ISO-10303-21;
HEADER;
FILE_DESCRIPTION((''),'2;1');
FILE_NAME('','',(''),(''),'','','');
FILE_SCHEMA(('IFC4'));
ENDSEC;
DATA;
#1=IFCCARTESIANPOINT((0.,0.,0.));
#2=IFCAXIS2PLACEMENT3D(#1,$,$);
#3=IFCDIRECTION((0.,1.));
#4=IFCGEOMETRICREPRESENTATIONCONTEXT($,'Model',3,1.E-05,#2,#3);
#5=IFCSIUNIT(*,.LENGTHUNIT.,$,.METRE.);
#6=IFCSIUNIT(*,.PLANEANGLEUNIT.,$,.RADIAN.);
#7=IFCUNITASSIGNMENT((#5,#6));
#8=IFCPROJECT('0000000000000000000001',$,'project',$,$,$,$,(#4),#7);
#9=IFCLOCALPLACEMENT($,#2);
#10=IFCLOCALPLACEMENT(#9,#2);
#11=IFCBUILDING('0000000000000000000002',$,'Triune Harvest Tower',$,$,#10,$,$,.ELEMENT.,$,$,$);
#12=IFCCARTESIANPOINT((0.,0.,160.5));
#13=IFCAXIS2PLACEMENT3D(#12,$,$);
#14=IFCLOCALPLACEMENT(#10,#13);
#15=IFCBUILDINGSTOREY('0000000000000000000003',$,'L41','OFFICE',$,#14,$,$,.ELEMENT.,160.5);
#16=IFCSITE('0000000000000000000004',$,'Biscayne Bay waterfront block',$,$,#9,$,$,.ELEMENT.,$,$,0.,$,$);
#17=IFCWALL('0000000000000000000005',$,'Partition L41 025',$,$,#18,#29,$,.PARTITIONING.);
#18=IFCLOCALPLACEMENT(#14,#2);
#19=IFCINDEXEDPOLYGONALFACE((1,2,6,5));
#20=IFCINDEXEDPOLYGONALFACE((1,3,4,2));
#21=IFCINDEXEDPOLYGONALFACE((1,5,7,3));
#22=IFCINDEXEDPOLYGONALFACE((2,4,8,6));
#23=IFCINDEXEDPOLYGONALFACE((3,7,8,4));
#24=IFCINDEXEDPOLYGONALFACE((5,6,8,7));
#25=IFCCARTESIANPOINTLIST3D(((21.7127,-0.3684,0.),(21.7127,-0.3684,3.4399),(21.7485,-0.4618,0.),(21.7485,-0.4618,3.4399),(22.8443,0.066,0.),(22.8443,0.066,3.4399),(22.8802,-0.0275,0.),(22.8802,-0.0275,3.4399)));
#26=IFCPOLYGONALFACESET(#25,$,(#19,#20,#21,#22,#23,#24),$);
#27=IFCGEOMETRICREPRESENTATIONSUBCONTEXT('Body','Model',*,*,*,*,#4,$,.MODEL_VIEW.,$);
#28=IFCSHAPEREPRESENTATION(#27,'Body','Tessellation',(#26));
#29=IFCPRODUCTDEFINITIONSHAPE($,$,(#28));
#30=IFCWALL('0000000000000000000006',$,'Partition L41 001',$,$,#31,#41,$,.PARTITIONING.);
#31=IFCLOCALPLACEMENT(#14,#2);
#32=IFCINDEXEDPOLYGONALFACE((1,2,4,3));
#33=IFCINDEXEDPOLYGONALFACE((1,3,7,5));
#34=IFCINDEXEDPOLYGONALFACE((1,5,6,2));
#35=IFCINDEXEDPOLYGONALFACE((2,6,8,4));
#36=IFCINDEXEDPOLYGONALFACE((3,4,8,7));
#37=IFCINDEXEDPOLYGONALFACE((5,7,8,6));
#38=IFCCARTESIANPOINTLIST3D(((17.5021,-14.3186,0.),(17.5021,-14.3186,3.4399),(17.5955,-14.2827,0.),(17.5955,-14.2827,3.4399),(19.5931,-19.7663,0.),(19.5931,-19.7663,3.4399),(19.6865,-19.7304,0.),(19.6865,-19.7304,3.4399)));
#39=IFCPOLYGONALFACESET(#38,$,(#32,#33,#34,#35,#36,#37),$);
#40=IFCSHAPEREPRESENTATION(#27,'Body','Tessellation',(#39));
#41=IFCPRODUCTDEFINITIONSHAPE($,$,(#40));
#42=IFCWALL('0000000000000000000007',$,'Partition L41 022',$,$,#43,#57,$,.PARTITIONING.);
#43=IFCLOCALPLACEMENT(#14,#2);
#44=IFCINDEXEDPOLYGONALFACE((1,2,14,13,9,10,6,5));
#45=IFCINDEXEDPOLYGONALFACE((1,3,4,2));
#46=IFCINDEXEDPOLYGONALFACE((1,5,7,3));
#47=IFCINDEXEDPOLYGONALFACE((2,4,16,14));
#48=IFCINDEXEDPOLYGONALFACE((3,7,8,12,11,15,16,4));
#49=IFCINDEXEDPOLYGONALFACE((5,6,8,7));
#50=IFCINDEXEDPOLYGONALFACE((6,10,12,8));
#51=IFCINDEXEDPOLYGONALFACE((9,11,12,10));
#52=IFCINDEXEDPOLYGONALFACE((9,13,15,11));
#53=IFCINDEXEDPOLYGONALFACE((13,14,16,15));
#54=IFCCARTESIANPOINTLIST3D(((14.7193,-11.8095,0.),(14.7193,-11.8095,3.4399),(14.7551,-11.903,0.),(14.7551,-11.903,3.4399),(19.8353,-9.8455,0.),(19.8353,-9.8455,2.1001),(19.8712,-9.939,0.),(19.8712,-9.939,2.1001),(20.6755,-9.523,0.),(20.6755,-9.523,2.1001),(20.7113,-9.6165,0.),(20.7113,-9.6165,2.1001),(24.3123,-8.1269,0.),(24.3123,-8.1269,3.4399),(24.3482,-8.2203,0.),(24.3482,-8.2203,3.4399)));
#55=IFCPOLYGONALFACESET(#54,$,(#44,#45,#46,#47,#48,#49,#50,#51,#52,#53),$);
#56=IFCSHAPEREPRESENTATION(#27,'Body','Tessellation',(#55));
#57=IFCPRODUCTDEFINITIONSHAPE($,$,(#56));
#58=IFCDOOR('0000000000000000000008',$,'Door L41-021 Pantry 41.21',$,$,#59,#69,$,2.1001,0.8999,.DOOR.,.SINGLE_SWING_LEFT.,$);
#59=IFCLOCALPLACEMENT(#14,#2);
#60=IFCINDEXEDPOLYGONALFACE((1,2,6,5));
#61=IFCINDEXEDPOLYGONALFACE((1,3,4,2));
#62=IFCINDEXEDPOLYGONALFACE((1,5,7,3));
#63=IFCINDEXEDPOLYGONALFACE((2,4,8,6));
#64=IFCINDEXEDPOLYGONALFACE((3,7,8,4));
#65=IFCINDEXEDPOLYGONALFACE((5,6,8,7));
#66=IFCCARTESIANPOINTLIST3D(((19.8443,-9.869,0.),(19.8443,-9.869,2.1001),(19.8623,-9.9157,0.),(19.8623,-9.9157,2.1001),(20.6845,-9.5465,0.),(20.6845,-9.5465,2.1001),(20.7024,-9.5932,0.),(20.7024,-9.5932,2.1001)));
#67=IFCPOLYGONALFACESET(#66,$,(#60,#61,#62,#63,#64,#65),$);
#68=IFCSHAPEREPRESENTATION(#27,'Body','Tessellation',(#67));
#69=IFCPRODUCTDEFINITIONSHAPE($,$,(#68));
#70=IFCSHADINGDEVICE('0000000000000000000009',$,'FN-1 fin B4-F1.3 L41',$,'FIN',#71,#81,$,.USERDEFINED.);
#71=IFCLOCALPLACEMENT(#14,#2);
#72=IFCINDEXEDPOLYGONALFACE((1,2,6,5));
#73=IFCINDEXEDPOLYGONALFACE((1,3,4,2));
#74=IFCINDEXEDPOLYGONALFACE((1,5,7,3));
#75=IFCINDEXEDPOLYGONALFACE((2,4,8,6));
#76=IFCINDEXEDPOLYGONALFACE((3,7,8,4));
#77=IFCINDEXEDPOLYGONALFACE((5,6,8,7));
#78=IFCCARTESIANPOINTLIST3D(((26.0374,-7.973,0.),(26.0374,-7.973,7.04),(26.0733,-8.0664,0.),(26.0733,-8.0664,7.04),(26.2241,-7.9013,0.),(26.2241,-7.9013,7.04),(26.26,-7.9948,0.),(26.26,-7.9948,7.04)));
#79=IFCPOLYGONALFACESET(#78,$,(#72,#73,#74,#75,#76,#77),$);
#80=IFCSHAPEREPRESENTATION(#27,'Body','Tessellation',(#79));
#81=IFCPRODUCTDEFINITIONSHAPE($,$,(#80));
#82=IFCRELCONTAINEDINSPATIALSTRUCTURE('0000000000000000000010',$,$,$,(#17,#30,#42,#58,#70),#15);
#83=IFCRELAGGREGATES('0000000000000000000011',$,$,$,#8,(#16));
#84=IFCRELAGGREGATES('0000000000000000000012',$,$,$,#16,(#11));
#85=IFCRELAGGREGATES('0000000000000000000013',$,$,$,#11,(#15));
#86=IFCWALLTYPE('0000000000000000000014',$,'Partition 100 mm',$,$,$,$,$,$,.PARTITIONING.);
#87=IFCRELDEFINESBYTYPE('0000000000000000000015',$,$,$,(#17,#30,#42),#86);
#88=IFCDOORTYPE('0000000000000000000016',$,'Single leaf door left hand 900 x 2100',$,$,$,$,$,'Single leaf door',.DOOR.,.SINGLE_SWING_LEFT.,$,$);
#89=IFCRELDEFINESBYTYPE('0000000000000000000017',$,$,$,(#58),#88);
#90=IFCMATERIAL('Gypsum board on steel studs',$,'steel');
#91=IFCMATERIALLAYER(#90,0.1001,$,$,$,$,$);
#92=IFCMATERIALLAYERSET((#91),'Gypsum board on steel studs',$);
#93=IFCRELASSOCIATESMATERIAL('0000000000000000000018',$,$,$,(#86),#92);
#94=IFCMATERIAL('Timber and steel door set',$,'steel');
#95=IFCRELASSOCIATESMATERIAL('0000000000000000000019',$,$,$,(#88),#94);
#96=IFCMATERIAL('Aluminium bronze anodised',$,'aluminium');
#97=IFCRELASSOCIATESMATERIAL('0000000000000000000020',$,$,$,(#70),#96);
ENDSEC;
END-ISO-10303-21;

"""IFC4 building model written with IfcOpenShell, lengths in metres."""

from ifc_helpers import new_model, si_unit, direction, frame, frame_2d, origin, origin_2d, place, context, subcontext, project, spatial, rectangle, extrude, source, transform, mapped, material, layer, layer_set, type_object, element, fill, save


model = new_model("IFC4")

# Units and contexts
model_context = context("Model", 3, precision=1e-05, world=origin(), true_north=direction((0.0, 1.0)))
body_context = subcontext(model_context, "Body", "Model", "MODEL_VIEW")
ifc_project = project(units=[si_unit("LENGTHUNIT", "METRE"), si_unit("PLANEANGLEUNIT", "RADIAN")], contexts=[model_context])

# Site, building, storey
site_placement = place(None, origin())
site = spatial("IfcSite", under=ifc_project, at=site_placement, Name="Biscayne Bay waterfront block", CompositionType="ELEMENT", RefElevation=0.0)
building_placement = place(site_placement, origin())
building = spatial("IfcBuilding", under=site, at=building_placement, Name="Triune Harvest Tower", CompositionType="ELEMENT")
storey_placement = place(building_placement, frame((0.0, 0.0, 160.5)))
storey = spatial("IfcBuildingStorey", under=building, at=storey_placement, Name="L41", Description="OFFICE", CompositionType="ELEMENT", Elevation=160.5)

# Walls
ifc_material_1 = material(Name="Gypsum board on steel studs", Category="steel")
ifc_layer_1 = layer(ifc_material_1, 0.1001)
ifc_layer_set_1 = layer_set([ifc_layer_1], Name="Gypsum board on steel studs")
wall_type = type_object("IfcWallType", Name="Partition 100 mm", PredefinedType="PARTITIONING", material=ifc_layer_set_1)
shared_shape_1 = source(origin(), body_context, "Body", "SweptSolid", [
    extrude(rectangle(XDim=1.2122, YDim=0.1001, at=frame_2d((0.606, 0.0))), origin(), (0.0, 0.0, 1.0), 3.4399),
])
for number, where, z_axis, x_axis, name in (
    (1, (21.7307, -0.415, 0.0), (0.0, 0.0, 1.0), (0.933595, 0.358331, 0.0), "Partition L41 025"),
):
    element("IfcWall", number, at=place(storey_placement, frame(where, z_axis=z_axis, x_axis=x_axis)), inside=storey, type_object=wall_type, Name=name, PredefinedType="PARTITIONING", context=body_context, shape_type="MappedRepresentation", body=[
        mapped(shared_shape_1, transform((0.0, 0.0, 0.0), scale=1.0)),
    ])
shared_shape_2 = source(origin(), body_context, "Body", "SweptSolid", [
    extrude(rectangle(XDim=5.8352, YDim=0.1001, at=frame_2d((2.9175, 0.0))), origin(), (0.0, 0.0, 1.0), 3.4399),
])
wall_1_placement = place(storey_placement, frame((17.5488, -14.3008, 0.0), z_axis=(0.0, 0.0, 1.0), x_axis=(0.358348, -0.933588, 0.0)))
element("IfcWall", 2, at=wall_1_placement, inside=storey, type_object=wall_type, Name="Partition L41 001", PredefinedType="PARTITIONING", context=body_context, shape_type="MappedRepresentation", body=[
    mapped(shared_shape_2, transform((0.0, 0.0, 0.0), scale=1.0)),
])

# Wall, opening, door
shared_shape_3 = source(origin(), body_context, "Body", "SweptSolid", [
    extrude(rectangle(XDim=10.2756, YDim=0.1001, at=frame_2d((5.1377, 0.0))), origin(), (0.0, 0.0, 1.0), 3.4399),
])
wall_2_placement = place(storey_placement, frame((14.7373, -11.8562, 0.0), z_axis=(0.0, 0.0, 1.0), x_axis=(0.933574, 0.358385, 0.0)))
wall_2 = element("IfcWall", 3, at=wall_2_placement, inside=storey, type_object=wall_type, Name="Partition L41 022", PredefinedType="PARTITIONING", context=body_context, shape_type="MappedRepresentation", body=[
    mapped(shared_shape_3, transform((0.0, 0.0, 0.0), scale=1.0)),
])
opening_placement = place(wall_2_placement, frame((5.48, 0.0, 0.0)))
opening = element("IfcOpeningElement", 4, at=opening_placement, cuts=wall_2, PredefinedType="OPENING", context=body_context, shape_type="SweptSolid", body=[
    extrude(rectangle(XDim=0.8999, YDim=2.1001, at=frame_2d((0.45, 1.05))), frame((0.0, 0.0601, 0.0), z_axis=(0.0, -1.0, 0.0), x_axis=(1.0, 0.0, 0.0)), (0.0, 0.0, 1.0), 0.1201),
])
ifc_material_2 = material(Name="Timber and steel door set", Category="steel")
door_type = type_object("IfcDoorType", Name="Single leaf door left hand 900 x 2100", ElementType="Single leaf door", OperationType="SINGLE_SWING_LEFT", PredefinedType="DOOR", material=ifc_material_2)
door_placement = place(opening_placement, origin())
door = element("IfcDoor", 5, at=door_placement, inside=storey, type_object=door_type, Name="Door L41-021 Pantry 41.21", OperationType="SINGLE_SWING_LEFT", OverallHeight=2.1001, OverallWidth=0.8999, PredefinedType="DOOR", context=body_context, shape_type="SweptSolid", body=[
    extrude(rectangle(XDim=0.8999, YDim=2.1001, at=frame_2d((0.45, 1.05))), frame((0.0, 0.0249, 0.0), z_axis=(0.0, -1.0, 0.0), x_axis=(1.0, 0.0, 0.0)), (0.0, 0.0, 1.0), 0.05),
])
fill(opening, door)

# Shading device
ifc_material_3 = material(Name="Aluminium bronze anodised", Category="aluminium")
shared_shape_4 = source(origin(), body_context, "Body", "SweptSolid", [
    extrude(rectangle(XDim=0.1001, YDim=0.2, at=origin_2d()), origin(), (0.0, 0.0, 1.0), 7.04),
])
shading_device_placement = place(storey_placement, frame((26.1487, -7.9839, 0.0), z_axis=(0.0, 0.0, 1.0), x_axis=(-0.358369, 0.93358, 0.0)))
element("IfcShadingDevice", 6, at=shading_device_placement, inside=storey, material=ifc_material_3, Name="FN-1 fin B4-F1.3 L41", ObjectType="FIN", PredefinedType="USERDEFINED", context=body_context, shape_type="MappedRepresentation", body=[
    mapped(shared_shape_4, transform((0.0, 0.0, 0.0), scale=1.0)),
])

save(model, "model.ifc")
